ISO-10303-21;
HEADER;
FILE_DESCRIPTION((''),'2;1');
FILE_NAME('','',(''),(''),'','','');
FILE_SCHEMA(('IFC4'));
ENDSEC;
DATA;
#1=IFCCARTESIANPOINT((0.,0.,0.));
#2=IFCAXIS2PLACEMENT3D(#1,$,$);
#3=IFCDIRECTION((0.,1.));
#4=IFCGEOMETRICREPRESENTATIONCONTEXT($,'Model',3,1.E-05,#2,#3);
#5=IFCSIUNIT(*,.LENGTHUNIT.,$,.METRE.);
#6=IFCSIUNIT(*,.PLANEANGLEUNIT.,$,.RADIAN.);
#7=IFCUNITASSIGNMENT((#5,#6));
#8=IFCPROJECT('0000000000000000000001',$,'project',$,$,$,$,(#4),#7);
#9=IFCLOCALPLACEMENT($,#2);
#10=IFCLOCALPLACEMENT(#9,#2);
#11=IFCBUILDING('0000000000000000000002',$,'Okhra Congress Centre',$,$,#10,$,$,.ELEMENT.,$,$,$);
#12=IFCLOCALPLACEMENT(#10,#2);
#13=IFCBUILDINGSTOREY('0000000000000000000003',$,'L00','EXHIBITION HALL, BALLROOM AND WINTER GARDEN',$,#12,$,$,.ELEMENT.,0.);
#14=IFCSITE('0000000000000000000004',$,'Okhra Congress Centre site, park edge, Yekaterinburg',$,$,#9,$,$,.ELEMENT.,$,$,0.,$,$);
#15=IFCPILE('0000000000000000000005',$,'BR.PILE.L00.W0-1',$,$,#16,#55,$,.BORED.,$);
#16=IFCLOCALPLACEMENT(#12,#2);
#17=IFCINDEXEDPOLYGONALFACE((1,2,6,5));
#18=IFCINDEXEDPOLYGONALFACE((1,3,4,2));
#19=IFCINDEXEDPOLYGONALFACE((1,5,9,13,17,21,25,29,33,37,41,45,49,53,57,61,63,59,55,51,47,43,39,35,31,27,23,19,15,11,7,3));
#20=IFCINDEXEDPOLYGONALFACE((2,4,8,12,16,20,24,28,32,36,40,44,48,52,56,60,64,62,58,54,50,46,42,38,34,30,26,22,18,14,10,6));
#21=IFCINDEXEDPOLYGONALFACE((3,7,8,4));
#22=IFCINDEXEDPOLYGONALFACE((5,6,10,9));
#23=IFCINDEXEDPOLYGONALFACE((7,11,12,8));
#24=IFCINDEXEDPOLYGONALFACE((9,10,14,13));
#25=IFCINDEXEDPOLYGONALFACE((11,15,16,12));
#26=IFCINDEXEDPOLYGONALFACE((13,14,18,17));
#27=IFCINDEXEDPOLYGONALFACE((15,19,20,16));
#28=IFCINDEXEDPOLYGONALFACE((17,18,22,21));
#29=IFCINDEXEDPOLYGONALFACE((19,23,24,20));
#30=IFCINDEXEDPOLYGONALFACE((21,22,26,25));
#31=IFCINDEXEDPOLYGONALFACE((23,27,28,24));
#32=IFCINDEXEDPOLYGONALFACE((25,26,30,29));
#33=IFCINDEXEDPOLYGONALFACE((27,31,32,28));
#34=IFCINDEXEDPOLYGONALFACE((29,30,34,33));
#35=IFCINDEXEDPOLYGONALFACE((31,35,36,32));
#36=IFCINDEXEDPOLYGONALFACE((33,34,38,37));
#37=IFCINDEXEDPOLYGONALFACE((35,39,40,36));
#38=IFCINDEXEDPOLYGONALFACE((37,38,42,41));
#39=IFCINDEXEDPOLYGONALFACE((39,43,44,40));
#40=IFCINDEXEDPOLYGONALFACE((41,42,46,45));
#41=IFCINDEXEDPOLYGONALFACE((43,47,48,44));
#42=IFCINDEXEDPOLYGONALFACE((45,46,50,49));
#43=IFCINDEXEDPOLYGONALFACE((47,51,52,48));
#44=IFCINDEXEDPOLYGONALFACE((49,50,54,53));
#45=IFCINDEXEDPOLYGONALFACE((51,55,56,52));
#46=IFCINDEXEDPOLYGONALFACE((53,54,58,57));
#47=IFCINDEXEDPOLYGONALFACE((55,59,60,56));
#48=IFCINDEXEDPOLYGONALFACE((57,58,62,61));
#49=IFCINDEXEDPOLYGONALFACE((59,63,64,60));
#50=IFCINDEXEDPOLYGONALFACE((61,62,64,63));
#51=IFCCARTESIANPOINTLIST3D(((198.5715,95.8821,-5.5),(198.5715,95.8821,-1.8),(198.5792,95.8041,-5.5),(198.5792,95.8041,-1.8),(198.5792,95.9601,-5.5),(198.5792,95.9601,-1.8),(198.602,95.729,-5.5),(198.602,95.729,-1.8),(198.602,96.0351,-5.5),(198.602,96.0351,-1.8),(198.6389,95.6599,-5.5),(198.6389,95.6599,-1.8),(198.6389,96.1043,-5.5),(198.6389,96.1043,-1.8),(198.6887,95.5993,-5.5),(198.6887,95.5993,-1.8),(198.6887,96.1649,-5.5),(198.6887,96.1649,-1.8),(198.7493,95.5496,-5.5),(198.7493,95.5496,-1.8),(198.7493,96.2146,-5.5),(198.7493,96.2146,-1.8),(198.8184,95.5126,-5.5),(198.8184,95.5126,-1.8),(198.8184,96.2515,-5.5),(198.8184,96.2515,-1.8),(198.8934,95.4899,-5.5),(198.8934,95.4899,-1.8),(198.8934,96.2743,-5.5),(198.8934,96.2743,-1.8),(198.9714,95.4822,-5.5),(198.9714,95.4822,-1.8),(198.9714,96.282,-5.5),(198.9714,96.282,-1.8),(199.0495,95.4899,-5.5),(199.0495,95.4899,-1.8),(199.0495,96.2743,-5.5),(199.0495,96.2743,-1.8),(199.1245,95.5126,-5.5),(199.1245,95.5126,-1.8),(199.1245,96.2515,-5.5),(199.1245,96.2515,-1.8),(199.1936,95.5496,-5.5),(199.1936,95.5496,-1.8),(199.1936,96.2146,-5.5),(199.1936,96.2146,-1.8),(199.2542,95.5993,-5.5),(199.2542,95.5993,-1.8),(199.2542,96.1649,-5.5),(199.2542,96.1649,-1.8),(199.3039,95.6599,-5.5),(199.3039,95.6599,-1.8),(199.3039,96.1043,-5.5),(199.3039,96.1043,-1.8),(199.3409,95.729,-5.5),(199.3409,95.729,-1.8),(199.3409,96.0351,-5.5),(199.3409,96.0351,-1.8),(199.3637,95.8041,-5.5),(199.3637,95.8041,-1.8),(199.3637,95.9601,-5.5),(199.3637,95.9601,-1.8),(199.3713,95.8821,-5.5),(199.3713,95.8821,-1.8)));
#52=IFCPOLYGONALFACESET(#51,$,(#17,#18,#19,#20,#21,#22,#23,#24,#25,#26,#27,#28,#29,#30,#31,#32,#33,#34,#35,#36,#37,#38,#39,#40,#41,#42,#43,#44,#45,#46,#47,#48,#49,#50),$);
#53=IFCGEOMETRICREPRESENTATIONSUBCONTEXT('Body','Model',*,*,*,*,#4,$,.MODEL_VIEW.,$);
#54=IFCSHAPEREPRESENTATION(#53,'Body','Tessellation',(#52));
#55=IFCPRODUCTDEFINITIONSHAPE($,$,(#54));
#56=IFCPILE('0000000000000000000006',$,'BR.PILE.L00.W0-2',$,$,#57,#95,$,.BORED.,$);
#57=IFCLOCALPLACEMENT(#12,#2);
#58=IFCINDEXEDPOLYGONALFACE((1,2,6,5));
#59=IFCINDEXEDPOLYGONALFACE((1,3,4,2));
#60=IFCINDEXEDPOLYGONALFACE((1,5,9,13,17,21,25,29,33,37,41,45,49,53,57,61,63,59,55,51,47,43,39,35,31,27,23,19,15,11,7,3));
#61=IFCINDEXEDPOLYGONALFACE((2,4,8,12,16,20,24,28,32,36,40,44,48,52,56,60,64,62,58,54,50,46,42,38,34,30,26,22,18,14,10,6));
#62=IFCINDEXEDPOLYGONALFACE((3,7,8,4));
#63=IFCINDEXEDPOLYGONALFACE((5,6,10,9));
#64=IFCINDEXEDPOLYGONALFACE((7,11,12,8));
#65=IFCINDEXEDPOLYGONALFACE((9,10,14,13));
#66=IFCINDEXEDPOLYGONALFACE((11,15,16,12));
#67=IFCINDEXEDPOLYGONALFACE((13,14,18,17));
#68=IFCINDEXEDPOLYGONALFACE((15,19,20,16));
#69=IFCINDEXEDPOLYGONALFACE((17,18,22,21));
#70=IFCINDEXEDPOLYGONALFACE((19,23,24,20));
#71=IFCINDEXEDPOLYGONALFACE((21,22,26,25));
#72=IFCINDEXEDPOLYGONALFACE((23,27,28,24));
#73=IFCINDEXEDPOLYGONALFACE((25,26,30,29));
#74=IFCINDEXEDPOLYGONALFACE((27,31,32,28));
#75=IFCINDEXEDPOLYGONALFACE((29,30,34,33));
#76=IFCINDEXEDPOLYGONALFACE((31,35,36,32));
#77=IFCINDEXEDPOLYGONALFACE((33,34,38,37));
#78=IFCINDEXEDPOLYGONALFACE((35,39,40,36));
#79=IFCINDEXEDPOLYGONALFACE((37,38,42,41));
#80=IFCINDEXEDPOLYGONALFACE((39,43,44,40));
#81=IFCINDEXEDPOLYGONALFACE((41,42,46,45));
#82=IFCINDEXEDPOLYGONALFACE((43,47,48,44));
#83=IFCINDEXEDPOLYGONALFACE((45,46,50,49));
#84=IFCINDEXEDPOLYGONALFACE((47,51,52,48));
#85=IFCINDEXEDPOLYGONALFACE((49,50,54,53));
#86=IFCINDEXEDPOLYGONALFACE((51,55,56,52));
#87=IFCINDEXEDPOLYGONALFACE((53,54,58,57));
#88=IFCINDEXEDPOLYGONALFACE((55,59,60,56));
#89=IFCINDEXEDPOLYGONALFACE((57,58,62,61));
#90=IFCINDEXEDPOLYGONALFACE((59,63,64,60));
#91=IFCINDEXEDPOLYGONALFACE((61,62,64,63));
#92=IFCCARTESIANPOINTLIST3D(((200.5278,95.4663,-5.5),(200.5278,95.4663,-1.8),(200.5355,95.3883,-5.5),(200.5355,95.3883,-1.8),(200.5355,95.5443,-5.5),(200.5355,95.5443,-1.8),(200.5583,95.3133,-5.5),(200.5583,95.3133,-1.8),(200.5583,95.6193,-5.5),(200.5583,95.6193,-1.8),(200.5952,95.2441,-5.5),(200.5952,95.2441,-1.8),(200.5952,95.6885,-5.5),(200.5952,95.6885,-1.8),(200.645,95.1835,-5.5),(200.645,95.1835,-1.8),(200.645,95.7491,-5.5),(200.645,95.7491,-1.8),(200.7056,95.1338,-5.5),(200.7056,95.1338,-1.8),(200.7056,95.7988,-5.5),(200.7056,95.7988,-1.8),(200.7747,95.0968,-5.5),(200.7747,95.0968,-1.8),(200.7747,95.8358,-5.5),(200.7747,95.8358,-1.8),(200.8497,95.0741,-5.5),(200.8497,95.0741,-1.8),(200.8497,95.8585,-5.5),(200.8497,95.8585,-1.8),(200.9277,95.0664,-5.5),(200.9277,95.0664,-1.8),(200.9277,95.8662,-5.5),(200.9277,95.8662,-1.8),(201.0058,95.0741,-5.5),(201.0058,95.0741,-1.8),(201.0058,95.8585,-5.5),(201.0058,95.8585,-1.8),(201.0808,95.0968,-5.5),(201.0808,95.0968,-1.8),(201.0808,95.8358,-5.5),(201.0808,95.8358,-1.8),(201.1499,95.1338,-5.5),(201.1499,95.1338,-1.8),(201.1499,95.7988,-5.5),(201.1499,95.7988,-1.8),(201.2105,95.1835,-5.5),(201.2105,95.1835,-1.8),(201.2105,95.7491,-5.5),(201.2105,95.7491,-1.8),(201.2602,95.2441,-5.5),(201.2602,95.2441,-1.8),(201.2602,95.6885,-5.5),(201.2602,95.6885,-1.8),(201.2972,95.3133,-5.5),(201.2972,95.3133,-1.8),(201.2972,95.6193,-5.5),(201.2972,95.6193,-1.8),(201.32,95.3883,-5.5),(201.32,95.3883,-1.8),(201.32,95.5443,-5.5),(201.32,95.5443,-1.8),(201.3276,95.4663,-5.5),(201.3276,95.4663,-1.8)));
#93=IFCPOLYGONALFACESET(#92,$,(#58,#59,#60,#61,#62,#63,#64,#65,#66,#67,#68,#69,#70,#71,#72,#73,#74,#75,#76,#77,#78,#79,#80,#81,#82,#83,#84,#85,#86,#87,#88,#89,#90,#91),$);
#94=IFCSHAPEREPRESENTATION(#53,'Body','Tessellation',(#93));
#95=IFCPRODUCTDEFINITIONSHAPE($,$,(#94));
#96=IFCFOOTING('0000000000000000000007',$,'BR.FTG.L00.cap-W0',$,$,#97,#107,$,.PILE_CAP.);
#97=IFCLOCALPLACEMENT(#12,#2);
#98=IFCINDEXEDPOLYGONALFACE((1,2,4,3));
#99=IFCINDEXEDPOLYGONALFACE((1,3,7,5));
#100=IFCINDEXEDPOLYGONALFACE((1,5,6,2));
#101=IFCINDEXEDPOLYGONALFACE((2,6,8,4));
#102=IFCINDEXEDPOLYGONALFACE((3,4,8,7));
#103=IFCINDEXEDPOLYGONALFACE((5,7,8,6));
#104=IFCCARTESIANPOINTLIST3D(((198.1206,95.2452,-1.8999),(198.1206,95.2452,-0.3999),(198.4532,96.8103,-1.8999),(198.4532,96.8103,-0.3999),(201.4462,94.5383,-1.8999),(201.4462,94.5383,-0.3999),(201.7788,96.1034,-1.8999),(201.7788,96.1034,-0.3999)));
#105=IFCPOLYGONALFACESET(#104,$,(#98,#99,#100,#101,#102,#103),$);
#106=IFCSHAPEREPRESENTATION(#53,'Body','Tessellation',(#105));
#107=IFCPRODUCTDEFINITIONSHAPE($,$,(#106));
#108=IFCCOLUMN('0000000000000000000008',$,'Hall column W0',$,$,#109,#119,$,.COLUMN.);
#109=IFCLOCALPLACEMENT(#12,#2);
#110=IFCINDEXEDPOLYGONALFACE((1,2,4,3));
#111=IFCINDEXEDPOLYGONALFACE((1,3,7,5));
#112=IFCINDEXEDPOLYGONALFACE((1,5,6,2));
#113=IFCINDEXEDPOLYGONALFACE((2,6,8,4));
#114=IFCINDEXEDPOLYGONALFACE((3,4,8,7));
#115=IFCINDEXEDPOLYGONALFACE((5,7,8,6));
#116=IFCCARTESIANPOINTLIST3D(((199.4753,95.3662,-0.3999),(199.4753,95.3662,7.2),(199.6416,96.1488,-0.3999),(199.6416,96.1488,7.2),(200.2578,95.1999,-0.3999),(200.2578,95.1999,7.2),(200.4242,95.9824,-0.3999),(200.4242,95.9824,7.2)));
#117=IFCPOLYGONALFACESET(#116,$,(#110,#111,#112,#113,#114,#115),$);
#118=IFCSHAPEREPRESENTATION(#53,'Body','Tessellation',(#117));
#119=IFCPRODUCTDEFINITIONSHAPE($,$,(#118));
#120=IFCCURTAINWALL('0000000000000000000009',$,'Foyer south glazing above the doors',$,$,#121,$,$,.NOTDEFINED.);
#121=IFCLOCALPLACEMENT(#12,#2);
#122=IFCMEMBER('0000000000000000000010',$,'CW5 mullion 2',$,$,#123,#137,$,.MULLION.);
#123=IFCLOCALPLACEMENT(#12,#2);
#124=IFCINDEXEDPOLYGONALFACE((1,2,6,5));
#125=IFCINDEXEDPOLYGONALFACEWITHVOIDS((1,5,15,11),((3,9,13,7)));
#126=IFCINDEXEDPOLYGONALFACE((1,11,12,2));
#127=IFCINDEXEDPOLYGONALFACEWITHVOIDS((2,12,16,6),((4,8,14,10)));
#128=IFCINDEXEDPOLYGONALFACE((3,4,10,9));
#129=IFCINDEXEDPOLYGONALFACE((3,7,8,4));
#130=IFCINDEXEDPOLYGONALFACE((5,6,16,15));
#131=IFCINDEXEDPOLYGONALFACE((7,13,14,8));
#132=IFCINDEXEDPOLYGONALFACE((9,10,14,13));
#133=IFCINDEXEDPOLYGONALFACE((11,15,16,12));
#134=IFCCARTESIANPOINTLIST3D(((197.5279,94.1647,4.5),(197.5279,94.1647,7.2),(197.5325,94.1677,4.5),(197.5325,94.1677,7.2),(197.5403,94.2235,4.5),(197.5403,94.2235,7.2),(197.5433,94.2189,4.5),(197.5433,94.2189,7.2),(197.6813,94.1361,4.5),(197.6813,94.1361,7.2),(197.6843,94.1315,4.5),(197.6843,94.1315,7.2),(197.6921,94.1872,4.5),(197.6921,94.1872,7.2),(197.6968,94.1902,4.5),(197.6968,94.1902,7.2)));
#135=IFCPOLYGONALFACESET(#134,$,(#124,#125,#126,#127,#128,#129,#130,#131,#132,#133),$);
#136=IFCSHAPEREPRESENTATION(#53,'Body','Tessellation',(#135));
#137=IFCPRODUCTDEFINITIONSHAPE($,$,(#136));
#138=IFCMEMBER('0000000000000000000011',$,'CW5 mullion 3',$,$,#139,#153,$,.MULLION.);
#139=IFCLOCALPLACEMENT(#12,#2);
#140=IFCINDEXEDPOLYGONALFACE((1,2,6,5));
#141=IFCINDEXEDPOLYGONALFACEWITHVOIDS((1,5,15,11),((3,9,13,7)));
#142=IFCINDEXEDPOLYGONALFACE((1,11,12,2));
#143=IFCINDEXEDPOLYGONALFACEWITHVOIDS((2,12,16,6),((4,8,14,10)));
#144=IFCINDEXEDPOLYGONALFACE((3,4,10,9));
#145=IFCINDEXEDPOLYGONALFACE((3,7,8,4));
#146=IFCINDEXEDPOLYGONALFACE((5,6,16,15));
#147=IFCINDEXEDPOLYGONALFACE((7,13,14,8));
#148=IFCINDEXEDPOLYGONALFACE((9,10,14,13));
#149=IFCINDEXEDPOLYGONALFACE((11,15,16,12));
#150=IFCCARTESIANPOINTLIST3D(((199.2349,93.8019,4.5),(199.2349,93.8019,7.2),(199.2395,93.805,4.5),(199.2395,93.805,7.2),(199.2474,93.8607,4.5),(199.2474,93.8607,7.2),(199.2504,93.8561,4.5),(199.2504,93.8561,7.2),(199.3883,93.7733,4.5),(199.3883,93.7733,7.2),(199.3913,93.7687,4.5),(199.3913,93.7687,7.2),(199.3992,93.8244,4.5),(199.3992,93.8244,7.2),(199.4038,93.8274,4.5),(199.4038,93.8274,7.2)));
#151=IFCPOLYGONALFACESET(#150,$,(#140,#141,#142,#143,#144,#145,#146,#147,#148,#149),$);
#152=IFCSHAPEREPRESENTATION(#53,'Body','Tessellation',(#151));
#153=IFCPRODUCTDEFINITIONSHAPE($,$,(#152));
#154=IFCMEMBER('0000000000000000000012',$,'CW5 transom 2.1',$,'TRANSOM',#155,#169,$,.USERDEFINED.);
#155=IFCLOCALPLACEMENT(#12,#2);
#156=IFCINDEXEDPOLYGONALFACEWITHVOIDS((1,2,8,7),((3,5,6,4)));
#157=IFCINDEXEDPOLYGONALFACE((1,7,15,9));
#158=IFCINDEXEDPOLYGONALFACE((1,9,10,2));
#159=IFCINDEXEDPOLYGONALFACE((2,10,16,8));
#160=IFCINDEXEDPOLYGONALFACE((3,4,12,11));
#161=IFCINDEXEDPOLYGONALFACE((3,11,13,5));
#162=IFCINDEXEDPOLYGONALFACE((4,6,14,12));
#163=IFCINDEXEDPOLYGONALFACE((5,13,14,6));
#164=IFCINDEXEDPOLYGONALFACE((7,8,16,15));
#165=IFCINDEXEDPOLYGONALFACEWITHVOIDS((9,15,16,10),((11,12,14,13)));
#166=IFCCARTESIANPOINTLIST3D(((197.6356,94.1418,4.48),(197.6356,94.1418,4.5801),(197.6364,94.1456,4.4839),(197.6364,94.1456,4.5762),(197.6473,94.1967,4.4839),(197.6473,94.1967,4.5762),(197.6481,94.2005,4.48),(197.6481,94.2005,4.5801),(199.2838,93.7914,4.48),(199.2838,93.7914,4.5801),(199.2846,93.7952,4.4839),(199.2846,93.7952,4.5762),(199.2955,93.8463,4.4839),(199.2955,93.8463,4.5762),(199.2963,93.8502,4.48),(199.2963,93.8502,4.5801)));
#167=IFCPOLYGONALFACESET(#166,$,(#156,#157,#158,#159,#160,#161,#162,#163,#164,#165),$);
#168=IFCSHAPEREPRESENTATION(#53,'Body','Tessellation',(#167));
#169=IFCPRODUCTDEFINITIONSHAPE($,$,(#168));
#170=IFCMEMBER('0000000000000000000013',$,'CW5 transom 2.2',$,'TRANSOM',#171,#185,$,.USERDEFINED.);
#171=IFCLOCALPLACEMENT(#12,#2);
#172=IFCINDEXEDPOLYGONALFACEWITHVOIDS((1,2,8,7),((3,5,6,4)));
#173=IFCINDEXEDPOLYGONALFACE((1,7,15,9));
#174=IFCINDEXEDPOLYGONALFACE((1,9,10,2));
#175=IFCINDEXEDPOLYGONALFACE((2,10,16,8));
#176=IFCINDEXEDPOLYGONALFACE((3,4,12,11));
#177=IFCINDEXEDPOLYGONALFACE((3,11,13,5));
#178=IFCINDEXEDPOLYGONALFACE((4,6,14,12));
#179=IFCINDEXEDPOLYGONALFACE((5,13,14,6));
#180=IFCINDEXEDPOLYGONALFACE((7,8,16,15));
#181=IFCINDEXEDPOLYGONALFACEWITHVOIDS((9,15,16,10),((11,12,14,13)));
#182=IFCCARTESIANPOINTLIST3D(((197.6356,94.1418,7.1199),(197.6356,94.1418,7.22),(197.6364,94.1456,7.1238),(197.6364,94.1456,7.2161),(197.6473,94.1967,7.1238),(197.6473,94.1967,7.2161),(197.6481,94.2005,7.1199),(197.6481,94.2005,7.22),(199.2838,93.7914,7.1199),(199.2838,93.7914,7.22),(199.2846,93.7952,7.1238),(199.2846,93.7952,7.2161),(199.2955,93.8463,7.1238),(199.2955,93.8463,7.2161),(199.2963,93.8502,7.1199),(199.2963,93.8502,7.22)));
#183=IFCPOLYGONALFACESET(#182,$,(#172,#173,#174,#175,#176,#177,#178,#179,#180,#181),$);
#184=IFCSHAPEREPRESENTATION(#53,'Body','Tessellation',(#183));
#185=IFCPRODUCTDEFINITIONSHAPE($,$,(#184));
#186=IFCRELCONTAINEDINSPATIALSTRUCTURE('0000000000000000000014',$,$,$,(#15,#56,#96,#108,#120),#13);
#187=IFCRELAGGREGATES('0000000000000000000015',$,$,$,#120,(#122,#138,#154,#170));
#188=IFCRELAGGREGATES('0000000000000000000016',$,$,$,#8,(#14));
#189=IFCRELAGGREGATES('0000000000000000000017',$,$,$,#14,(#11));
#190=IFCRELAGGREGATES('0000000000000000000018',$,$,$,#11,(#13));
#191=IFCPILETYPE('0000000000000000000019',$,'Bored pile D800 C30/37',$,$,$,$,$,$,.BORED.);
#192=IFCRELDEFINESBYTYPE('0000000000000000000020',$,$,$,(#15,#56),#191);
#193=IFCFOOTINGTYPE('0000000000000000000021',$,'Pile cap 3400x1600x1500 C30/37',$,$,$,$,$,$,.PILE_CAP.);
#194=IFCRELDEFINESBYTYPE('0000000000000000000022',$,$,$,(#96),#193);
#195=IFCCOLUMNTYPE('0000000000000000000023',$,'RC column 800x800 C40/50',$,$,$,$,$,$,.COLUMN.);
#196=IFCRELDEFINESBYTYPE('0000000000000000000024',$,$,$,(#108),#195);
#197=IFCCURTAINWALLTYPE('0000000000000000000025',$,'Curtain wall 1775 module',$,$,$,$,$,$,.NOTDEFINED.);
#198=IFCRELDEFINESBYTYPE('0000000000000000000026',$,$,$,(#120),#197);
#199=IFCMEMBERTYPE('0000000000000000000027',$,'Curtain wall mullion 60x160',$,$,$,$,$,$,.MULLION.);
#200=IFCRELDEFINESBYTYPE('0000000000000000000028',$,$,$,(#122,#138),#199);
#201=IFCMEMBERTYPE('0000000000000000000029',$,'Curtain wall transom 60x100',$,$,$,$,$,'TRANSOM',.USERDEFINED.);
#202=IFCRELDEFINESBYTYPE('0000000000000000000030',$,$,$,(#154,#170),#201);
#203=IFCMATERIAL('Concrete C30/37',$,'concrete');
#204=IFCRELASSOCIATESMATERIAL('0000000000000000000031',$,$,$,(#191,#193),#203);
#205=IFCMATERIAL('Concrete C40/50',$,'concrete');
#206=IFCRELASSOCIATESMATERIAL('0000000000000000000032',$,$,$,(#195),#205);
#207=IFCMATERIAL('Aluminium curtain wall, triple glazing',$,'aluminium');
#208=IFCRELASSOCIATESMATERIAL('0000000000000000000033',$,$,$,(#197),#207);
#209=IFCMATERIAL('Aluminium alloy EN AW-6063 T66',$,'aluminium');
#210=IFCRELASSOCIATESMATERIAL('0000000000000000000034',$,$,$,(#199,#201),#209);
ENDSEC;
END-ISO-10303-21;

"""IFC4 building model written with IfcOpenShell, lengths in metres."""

from ifc_helpers import new_model, si_unit, direction, frame, origin, origin_2d, place, context, subcontext, project, spatial, rectangle, hollow_rectangle, circle, extrude, material, material_profile, profile_set, type_object, element, aggregate, save


model = new_model("IFC4")

# Units and contexts
model_context = context("Model", 3, precision=1e-05, world=origin(), true_north=direction((0.0, 1.0)))
body_context = subcontext(model_context, "Body", "Model", "MODEL_VIEW")
ifc_project = project(units=[si_unit("LENGTHUNIT", "METRE"), si_unit("PLANEANGLEUNIT", "RADIAN")], contexts=[model_context])

# Site, building, storey
site_placement = place(None, origin())
site = spatial("IfcSite", under=ifc_project, at=site_placement, Name="Okhra Congress Centre site, park edge, Yekaterinburg", CompositionType="ELEMENT", RefElevation=0.0)
building_placement = place(site_placement, origin())
building = spatial("IfcBuilding", under=site, at=building_placement, Name="Okhra Congress Centre", CompositionType="ELEMENT")
storey_placement = place(building_placement, origin())
storey = spatial("IfcBuildingStorey", under=building, at=storey_placement, Name="L00", Description="EXHIBITION HALL, BALLROOM AND WINTER GARDEN", CompositionType="ELEMENT", Elevation=0.0)

# Piles
ifc_material_1 = material(Name="Concrete C30/37", Category="concrete")
ifc_material_profile_1 = material_profile(ifc_material_1, circle(Radius=0.3999, at=origin_2d()), Name="D800")
ifc_profile_set_1 = profile_set([ifc_material_profile_1], Name="Concrete C30/37")
pile_type = type_object("IfcPileType", Name="Bored pile D800 C30/37", PredefinedType="BORED", material=ifc_profile_set_1)
for number, where, z_axis, x_axis, name in (
    (1, (198.9714, 95.8821, -1.8), (0.0, 0.0, -1.0), (1.0, 0.0, 0.0), "BR.PILE.L00.W0-1"),
    (2, (200.9277, 95.4663, -1.8), (0.0, 0.0, -1.0), (1.0, 0.0, 0.0), "BR.PILE.L00.W0-2"),
):
    element("IfcPile", number, at=place(storey_placement, frame(where, z_axis=z_axis, x_axis=x_axis)), inside=storey, type_object=pile_type, Name=name, PredefinedType="BORED", context=body_context, shape_type="SweptSolid", body=[
        extrude(circle(Radius=0.3999, at=origin_2d()), origin(), (0.0, 0.0, 1.0), 3.7),
    ])

# Footing
footing_type = type_object("IfcFootingType", Name="Pile cap 3400x1600x1500 C30/37", PredefinedType="PILE_CAP", material=ifc_material_1)
footing_placement = place(storey_placement, frame((199.9497, 95.6743, -1.8999), z_axis=(0.0, 0.0, 1.0), x_axis=(0.978148, -0.207912, 0.0)))
element("IfcFooting", 3, at=footing_placement, inside=storey, type_object=footing_type, Name="BR.FTG.L00.cap-W0", PredefinedType="PILE_CAP", context=body_context, shape_type="SweptSolid", body=[
    extrude(rectangle(XDim=3.3999, YDim=1.6001, at=origin_2d()), origin(), (0.0, 0.0, 1.0), 1.5),
])

# Column
ifc_material_2 = material(Name="Concrete C40/50", Category="concrete")
ifc_material_profile_2 = material_profile(ifc_material_2, rectangle(XDim=0.8, YDim=0.8, at=origin_2d()), Name="RC 800x800")
ifc_profile_set_2 = profile_set([ifc_material_profile_2], Name="Concrete C40/50")
column_type = type_object("IfcColumnType", Name="RC column 800x800 C40/50", PredefinedType="COLUMN", material=ifc_profile_set_2)
column_placement = place(storey_placement, frame((199.9497, 95.6743, -0.3999), z_axis=(0.0, 0.0, 1.0), x_axis=(0.978148, -0.207912, 0.0)))
element("IfcColumn", 4, at=column_placement, inside=storey, type_object=column_type, Name="Hall column W0", PredefinedType="COLUMN", context=body_context, shape_type="SweptSolid", body=[
    extrude(rectangle(XDim=0.8, YDim=0.8, at=origin_2d()), origin(), (0.0, 0.0, 1.0), 7.5999),
])

# Curtain wall, members
ifc_material_3 = material(Name="Aluminium curtain wall, triple glazing", Category="aluminium")
curtain_wall_type = type_object("IfcCurtainWallType", Name="Curtain wall 1775 module", PredefinedType="NOTDEFINED", material=ifc_material_3)
curtain_wall_placement = place(storey_placement, origin())
curtain_wall = element("IfcCurtainWall", 5, at=curtain_wall_placement, inside=storey, type_object=curtain_wall_type, Name="Foyer south glazing above the doors", PredefinedType="NOTDEFINED")
ifc_material_4 = material(Name="Aluminium alloy EN AW-6063 T66", Category="aluminium")
ifc_material_profile_3 = material_profile(ifc_material_4, hollow_rectangle(XDim=0.0601, YDim=0.1599, WallThickness=0.0039, at=origin_2d()), Name="RHS 60x160x4")
ifc_profile_set_3 = profile_set([ifc_material_profile_3], Name="Aluminium alloy EN AW-6063 T66")
member_type_1 = type_object("IfcMemberType", Name="Curtain wall mullion 60x160", PredefinedType="MULLION", material=ifc_profile_set_3)
member_1_placement = place(storey_placement, frame((197.6123, 94.1775, 4.5), z_axis=(0.0, 0.0, 1.0), x_axis=(0.207912, 0.978148, 0.0)))
member_1 = element("IfcMember", 6, at=member_1_placement, type_object=member_type_1, Name="CW5 mullion 2", PredefinedType="MULLION", context=body_context, shape_type="SweptSolid", body=[
    extrude(hollow_rectangle(XDim=0.0601, YDim=0.1599, WallThickness=0.0039, at=origin_2d()), origin(), (0.0, 0.0, 1.0), 2.7),
])
member_2_placement = place(storey_placement, frame((199.3193, 93.8147, 4.5), z_axis=(0.0, 0.0, 1.0), x_axis=(0.207912, 0.978148, 0.0)))
member_2 = element("IfcMember", 7, at=member_2_placement, type_object=member_type_1, Name="CW5 mullion 3", PredefinedType="MULLION", context=body_context, shape_type="SweptSolid", body=[
    extrude(hollow_rectangle(XDim=0.0601, YDim=0.1599, WallThickness=0.0039, at=origin_2d()), origin(), (0.0, 0.0, 1.0), 2.7),
])
ifc_material_profile_4 = material_profile(ifc_material_4, hollow_rectangle(XDim=0.0601, YDim=0.1001, WallThickness=0.0039, at=origin_2d()), Name="RHS 60x100x4")
ifc_profile_set_4 = profile_set([ifc_material_profile_4], Name="Aluminium alloy EN AW-6063 T66")
member_type_2 = type_object("IfcMemberType", Name="Curtain wall transom 60x100", ElementType="TRANSOM", PredefinedType="USERDEFINED", material=ifc_profile_set_4)
member_3_placement = place(storey_placement, frame((197.6418, 94.1711, 4.53), z_axis=(0.978147, -0.207916, 0.0), x_axis=(0.207916, 0.978147, 0.0)))
member_3 = element("IfcMember", 8, at=member_3_placement, type_object=member_type_2, Name="CW5 transom 2.1", ObjectType="TRANSOM", PredefinedType="USERDEFINED", context=body_context, shape_type="SweptSolid", body=[
    extrude(hollow_rectangle(XDim=0.0601, YDim=0.1001, WallThickness=0.0039, at=origin_2d()), origin(), (0.0, 0.0, 1.0), 1.6851),
])
member_4_placement = place(storey_placement, frame((197.6418, 94.1711, 7.1699), z_axis=(0.978147, -0.207916, 0.0), x_axis=(0.207916, 0.978147, 0.0)))
member_4 = element("IfcMember", 9, at=member_4_placement, type_object=member_type_2, Name="CW5 transom 2.2", ObjectType="TRANSOM", PredefinedType="USERDEFINED", context=body_context, shape_type="SweptSolid", body=[
    extrude(hollow_rectangle(XDim=0.0601, YDim=0.1001, WallThickness=0.0039, at=origin_2d()), origin(), (0.0, 0.0, 1.0), 1.6851),
])
aggregate(curtain_wall, [member_1, member_2, member_3, member_4])

save(model, "model.ifc")
